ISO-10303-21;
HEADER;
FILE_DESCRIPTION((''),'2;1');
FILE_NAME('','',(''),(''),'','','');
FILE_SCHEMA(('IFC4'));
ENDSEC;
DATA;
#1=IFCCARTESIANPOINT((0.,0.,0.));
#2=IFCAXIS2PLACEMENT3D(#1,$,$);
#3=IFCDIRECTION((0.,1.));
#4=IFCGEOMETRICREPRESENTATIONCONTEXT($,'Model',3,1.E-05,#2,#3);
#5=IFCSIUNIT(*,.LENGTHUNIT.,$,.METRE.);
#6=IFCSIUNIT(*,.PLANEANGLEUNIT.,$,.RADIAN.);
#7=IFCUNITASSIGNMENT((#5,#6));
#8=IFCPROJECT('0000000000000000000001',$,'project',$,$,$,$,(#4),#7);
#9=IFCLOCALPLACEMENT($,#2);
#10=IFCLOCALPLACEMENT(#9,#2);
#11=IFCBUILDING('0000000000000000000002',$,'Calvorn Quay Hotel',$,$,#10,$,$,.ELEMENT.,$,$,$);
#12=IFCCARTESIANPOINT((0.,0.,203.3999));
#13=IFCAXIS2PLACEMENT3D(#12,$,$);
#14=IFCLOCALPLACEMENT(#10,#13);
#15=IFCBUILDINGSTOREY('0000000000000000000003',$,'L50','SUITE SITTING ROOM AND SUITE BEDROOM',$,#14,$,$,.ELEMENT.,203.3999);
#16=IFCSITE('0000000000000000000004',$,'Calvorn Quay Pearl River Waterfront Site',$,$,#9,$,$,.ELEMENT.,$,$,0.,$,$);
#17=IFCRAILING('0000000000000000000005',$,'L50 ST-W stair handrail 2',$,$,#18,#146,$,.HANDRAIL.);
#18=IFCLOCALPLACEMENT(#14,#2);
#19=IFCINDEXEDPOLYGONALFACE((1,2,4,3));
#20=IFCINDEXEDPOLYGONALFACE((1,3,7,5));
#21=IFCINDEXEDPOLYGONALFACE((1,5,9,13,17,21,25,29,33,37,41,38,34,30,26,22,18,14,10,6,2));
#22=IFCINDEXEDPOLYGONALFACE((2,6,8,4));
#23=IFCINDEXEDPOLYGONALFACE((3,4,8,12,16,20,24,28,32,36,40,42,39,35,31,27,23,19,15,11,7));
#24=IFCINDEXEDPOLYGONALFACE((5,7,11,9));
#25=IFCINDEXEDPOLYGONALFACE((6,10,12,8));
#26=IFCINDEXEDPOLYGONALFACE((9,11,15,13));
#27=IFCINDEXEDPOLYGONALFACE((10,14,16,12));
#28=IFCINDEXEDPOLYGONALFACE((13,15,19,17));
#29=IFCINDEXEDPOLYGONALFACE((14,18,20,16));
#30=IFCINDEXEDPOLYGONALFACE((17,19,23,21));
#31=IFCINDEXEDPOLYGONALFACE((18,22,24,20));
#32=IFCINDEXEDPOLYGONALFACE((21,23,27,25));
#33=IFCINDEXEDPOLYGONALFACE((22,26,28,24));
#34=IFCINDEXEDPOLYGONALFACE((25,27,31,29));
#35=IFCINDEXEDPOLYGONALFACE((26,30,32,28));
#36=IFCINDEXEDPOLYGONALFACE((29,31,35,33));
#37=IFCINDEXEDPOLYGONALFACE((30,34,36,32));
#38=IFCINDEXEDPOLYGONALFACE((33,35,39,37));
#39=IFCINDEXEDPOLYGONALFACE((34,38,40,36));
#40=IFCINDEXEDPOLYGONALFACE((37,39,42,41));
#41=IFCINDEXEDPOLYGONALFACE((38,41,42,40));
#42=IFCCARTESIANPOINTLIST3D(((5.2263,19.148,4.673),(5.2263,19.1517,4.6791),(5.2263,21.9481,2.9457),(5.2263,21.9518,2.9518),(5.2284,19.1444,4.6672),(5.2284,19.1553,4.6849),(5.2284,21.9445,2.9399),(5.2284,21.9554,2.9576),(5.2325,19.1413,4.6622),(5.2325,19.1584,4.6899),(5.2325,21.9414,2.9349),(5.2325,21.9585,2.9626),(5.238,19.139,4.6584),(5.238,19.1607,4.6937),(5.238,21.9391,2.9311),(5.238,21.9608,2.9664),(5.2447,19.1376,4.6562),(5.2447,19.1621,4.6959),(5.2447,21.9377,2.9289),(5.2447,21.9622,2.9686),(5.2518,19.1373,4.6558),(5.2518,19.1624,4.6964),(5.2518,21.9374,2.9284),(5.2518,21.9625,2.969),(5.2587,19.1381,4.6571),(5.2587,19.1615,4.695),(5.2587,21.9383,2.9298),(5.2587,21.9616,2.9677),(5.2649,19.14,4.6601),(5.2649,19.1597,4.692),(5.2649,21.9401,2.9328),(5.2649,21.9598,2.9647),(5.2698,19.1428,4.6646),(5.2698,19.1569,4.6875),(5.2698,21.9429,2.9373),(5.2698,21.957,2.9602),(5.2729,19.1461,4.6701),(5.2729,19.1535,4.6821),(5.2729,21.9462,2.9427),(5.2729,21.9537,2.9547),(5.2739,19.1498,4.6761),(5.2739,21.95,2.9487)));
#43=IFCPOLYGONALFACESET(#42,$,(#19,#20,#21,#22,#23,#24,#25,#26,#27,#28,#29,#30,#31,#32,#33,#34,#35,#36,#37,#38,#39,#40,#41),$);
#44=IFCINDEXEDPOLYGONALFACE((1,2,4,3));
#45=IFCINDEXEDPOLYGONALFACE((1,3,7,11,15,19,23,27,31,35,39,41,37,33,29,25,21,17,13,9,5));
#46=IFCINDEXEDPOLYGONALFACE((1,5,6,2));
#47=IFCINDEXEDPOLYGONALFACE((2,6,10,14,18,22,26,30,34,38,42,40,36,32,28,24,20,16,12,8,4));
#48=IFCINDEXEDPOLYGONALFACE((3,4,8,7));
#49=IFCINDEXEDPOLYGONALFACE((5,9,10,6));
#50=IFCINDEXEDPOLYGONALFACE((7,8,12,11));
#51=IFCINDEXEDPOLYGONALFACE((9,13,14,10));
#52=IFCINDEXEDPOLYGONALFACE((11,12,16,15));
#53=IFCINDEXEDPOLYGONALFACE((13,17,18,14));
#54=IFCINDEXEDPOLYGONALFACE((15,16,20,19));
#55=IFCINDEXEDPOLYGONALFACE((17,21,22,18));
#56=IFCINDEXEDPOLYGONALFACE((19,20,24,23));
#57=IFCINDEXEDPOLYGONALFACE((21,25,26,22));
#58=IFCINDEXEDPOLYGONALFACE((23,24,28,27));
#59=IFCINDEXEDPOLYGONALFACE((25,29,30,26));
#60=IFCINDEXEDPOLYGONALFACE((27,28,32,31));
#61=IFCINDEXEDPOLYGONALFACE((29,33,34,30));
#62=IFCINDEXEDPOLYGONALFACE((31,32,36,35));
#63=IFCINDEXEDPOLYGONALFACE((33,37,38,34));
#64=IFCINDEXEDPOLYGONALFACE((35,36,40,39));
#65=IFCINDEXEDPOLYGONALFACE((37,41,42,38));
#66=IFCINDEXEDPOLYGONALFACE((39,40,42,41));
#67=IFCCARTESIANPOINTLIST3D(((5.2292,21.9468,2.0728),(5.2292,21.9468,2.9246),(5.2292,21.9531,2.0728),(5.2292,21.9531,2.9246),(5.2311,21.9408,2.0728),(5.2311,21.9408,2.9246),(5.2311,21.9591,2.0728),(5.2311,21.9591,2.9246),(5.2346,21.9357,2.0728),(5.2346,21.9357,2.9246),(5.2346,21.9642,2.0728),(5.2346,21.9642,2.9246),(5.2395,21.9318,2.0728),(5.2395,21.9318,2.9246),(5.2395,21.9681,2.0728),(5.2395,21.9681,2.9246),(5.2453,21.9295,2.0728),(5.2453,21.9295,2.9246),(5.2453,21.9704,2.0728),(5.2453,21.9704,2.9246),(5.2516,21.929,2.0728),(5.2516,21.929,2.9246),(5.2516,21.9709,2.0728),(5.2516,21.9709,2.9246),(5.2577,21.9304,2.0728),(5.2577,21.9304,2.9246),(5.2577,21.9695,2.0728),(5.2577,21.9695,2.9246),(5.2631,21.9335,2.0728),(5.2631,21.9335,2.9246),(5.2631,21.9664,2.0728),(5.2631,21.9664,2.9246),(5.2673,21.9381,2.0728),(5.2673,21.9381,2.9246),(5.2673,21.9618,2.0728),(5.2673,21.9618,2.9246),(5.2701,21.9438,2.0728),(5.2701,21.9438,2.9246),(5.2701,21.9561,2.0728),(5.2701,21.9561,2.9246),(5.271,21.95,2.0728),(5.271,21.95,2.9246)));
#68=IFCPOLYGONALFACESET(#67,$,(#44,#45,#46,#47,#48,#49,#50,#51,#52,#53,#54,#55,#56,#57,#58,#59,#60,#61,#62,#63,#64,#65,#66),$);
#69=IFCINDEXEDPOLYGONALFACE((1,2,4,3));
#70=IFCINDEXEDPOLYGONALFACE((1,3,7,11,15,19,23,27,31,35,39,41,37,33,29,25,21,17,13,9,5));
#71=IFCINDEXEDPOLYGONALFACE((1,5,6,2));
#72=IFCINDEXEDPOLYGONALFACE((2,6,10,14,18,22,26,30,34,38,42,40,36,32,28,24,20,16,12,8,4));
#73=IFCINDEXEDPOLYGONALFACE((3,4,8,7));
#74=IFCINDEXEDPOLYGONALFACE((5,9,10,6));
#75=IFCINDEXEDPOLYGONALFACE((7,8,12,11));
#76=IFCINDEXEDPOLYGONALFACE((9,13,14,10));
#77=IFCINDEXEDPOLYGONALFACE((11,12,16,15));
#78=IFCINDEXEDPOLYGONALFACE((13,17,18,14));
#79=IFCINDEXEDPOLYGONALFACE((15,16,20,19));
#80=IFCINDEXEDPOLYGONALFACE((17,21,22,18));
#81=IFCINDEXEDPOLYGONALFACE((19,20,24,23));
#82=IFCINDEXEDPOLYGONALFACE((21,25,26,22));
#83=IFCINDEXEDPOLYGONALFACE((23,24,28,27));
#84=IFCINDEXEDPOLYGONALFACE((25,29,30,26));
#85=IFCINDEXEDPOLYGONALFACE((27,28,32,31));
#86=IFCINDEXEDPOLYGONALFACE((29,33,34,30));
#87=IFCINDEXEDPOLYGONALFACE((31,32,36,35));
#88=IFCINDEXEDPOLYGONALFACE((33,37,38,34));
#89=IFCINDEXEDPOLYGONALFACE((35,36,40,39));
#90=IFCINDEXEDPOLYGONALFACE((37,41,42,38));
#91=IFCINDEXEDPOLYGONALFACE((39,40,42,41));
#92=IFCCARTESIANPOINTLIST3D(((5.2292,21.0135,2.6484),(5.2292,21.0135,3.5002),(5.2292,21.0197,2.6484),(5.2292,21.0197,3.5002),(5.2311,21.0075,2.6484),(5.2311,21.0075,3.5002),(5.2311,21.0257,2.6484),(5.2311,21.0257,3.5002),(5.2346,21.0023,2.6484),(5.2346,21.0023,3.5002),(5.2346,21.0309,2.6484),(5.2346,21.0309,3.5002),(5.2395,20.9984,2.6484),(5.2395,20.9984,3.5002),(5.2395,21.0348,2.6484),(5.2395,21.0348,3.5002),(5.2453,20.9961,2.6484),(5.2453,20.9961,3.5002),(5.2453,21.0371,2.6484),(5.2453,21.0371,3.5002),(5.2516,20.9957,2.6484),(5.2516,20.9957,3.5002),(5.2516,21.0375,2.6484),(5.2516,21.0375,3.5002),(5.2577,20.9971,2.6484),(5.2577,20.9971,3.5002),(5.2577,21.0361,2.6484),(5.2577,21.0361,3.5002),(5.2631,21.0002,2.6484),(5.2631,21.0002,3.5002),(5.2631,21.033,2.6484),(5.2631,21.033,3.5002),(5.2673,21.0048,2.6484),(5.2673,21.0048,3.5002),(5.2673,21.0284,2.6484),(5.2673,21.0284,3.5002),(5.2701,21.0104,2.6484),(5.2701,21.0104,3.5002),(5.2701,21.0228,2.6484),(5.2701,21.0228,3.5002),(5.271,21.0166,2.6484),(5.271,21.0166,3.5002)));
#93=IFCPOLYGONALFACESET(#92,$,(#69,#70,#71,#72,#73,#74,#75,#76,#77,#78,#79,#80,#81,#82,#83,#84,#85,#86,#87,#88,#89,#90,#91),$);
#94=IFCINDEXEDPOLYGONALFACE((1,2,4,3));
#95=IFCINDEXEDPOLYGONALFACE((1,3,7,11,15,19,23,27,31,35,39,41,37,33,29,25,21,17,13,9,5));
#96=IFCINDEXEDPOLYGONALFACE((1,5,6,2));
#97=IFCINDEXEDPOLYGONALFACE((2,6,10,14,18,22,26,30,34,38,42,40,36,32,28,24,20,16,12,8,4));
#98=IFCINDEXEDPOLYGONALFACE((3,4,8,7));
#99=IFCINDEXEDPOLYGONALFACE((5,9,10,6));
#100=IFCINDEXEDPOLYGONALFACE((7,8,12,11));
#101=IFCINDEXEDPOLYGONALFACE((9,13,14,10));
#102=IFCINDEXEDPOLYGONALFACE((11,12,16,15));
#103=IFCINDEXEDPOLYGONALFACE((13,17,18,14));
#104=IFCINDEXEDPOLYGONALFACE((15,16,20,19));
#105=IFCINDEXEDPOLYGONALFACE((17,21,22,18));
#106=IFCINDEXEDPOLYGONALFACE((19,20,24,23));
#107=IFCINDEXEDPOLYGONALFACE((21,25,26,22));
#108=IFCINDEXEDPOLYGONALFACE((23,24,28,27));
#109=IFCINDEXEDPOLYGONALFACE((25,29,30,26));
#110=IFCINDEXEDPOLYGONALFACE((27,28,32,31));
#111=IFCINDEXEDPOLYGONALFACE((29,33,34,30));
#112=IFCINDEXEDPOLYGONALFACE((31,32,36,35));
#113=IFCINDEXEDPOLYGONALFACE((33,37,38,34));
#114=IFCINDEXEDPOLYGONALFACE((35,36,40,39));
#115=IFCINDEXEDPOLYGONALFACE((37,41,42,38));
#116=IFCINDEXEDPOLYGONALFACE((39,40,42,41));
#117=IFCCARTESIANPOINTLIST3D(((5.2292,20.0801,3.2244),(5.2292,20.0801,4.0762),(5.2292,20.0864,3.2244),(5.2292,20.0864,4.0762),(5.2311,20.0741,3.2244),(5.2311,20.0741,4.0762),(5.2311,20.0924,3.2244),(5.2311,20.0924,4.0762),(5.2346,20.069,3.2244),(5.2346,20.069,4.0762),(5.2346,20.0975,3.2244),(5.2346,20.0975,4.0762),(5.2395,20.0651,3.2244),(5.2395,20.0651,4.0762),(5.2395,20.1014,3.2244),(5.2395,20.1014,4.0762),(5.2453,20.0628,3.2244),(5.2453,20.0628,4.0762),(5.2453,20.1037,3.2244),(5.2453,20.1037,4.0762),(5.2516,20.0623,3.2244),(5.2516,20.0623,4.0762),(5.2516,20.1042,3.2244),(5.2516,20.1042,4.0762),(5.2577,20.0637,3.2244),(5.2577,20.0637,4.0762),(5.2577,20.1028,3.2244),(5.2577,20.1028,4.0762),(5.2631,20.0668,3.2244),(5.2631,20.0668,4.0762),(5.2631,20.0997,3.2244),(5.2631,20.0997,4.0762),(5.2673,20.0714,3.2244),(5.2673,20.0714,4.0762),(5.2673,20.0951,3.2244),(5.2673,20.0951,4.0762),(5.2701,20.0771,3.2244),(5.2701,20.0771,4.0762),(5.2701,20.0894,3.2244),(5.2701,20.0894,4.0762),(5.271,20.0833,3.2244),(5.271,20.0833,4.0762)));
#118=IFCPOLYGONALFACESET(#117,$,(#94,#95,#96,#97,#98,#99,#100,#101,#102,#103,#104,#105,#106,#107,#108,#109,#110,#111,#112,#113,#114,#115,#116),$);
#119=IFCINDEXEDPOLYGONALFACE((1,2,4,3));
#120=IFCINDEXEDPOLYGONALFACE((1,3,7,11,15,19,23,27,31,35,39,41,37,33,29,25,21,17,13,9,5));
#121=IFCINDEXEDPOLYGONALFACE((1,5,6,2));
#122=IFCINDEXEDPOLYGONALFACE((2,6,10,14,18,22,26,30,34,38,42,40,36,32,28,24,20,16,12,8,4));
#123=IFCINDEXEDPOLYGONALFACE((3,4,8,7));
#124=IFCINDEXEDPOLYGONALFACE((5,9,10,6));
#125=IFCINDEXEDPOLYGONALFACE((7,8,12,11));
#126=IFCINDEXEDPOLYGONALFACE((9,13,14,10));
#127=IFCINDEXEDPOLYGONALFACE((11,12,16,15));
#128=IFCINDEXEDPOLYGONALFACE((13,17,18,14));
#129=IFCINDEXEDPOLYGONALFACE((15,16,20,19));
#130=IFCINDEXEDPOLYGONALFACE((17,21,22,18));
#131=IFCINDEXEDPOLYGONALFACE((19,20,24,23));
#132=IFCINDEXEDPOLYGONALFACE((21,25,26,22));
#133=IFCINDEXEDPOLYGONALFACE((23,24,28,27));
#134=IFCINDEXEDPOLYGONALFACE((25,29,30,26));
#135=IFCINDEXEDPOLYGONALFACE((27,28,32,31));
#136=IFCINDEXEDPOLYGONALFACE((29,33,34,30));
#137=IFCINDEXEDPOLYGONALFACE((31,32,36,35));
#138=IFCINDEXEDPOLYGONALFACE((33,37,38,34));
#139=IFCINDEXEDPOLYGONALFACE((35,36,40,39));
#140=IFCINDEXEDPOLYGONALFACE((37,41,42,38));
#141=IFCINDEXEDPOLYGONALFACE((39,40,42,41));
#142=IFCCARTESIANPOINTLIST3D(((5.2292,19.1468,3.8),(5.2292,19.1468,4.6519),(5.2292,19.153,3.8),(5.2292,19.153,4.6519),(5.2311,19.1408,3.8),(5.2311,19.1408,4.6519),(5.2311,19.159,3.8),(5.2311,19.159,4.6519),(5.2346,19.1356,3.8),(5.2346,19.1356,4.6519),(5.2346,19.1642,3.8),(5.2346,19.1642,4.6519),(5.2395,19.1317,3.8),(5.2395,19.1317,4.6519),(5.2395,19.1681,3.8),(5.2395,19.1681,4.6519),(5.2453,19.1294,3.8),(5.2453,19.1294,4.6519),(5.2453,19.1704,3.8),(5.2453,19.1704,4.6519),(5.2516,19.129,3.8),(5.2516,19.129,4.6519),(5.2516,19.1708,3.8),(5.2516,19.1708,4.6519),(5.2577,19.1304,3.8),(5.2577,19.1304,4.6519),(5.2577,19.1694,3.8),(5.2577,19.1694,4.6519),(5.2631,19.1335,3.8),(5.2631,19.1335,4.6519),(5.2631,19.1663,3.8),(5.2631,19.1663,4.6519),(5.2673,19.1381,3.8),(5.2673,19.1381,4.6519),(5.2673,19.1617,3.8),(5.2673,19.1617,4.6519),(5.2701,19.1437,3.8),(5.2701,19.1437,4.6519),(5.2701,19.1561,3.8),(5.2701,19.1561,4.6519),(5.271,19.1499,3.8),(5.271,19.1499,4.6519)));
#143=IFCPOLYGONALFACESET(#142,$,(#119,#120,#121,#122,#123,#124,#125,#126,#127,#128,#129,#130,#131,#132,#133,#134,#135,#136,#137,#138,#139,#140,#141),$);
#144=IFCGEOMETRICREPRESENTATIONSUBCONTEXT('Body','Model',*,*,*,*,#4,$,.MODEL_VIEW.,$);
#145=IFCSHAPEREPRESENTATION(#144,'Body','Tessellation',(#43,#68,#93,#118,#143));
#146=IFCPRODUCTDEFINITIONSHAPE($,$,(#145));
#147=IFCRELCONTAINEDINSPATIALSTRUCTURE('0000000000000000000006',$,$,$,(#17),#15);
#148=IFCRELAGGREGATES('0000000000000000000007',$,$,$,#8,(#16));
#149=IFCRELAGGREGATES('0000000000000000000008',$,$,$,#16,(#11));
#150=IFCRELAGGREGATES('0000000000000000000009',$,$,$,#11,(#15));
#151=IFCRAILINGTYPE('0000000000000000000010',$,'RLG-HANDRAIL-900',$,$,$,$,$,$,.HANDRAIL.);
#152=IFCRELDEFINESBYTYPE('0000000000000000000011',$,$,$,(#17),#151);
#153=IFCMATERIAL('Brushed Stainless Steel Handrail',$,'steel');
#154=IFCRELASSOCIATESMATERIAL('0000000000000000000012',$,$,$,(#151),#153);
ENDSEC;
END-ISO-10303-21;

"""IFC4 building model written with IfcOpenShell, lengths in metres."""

from ifc_helpers import new_model, si_unit, direction, frame, origin, origin_2d, place, context, subcontext, project, spatial, circle, extrude, material, type_object, element, save


model = new_model("IFC4")

# Units and contexts
model_context = context("Model", 3, precision=1e-05, world=origin(), true_north=direction((0.0, 1.0)))
body_context = subcontext(model_context, "Body", "Model", "MODEL_VIEW")
ifc_project = project(units=[si_unit("LENGTHUNIT", "METRE"), si_unit("PLANEANGLEUNIT", "RADIAN")], contexts=[model_context])

# Site, building, storey
site_placement = place(None, origin())
site = spatial("IfcSite", under=ifc_project, at=site_placement, Name="Calvorn Quay Pearl River Waterfront Site", CompositionType="ELEMENT", RefElevation=0.0)
building_placement = place(site_placement, origin())
building = spatial("IfcBuilding", under=site, at=building_placement, Name="Calvorn Quay Hotel", CompositionType="ELEMENT")
storey_placement = place(building_placement, frame((0.0, 0.0, 203.3999)))
storey = spatial("IfcBuildingStorey", under=building, at=storey_placement, Name="L50", Description="SUITE SITTING ROOM AND SUITE BEDROOM", CompositionType="ELEMENT", Elevation=203.3999)

# Railing
ifc_material_1 = material(Name="Brushed Stainless Steel Handrail", Category="steel")
railing_type_1 = type_object("IfcRailingType", Name="RLG-HANDRAIL-900", PredefinedType="HANDRAIL", material=ifc_material_1)
railing_1_placement = place(storey_placement, frame((5.25, 21.95, 2.0728)))
element("IfcRailing", 1, at=railing_1_placement, inside=storey, type_object=railing_type_1, Name="L50 ST-W stair handrail 2", PredefinedType="HANDRAIL", context=body_context, shape_type="SweptSolid", body=[
    extrude(circle(Radius=0.0239, at=origin_2d()), frame((0.0, 0.0, 0.876), z_axis=(0.0, -0.85109, 0.52502), x_axis=(1.0, 0.0, 0.0)), (0.0, 0.0, 1.0), 3.29),
    extrude(circle(Radius=0.021, at=origin_2d()), origin(), (0.0, 0.0, 1.0), 0.8518),
    extrude(circle(Radius=0.021, at=origin_2d()), frame((0.0, -0.9333, 0.5757)), (0.0, 0.0, 1.0), 0.8518),
    extrude(circle(Radius=0.021, at=origin_2d()), frame((0.0, -1.8667, 1.1516)), (0.0, 0.0, 1.0), 0.8518),
    extrude(circle(Radius=0.021, at=origin_2d()), frame((0.0, -2.8, 1.7273)), (0.0, 0.0, 1.0), 0.8518),
])

save(model, "model.ifc")
